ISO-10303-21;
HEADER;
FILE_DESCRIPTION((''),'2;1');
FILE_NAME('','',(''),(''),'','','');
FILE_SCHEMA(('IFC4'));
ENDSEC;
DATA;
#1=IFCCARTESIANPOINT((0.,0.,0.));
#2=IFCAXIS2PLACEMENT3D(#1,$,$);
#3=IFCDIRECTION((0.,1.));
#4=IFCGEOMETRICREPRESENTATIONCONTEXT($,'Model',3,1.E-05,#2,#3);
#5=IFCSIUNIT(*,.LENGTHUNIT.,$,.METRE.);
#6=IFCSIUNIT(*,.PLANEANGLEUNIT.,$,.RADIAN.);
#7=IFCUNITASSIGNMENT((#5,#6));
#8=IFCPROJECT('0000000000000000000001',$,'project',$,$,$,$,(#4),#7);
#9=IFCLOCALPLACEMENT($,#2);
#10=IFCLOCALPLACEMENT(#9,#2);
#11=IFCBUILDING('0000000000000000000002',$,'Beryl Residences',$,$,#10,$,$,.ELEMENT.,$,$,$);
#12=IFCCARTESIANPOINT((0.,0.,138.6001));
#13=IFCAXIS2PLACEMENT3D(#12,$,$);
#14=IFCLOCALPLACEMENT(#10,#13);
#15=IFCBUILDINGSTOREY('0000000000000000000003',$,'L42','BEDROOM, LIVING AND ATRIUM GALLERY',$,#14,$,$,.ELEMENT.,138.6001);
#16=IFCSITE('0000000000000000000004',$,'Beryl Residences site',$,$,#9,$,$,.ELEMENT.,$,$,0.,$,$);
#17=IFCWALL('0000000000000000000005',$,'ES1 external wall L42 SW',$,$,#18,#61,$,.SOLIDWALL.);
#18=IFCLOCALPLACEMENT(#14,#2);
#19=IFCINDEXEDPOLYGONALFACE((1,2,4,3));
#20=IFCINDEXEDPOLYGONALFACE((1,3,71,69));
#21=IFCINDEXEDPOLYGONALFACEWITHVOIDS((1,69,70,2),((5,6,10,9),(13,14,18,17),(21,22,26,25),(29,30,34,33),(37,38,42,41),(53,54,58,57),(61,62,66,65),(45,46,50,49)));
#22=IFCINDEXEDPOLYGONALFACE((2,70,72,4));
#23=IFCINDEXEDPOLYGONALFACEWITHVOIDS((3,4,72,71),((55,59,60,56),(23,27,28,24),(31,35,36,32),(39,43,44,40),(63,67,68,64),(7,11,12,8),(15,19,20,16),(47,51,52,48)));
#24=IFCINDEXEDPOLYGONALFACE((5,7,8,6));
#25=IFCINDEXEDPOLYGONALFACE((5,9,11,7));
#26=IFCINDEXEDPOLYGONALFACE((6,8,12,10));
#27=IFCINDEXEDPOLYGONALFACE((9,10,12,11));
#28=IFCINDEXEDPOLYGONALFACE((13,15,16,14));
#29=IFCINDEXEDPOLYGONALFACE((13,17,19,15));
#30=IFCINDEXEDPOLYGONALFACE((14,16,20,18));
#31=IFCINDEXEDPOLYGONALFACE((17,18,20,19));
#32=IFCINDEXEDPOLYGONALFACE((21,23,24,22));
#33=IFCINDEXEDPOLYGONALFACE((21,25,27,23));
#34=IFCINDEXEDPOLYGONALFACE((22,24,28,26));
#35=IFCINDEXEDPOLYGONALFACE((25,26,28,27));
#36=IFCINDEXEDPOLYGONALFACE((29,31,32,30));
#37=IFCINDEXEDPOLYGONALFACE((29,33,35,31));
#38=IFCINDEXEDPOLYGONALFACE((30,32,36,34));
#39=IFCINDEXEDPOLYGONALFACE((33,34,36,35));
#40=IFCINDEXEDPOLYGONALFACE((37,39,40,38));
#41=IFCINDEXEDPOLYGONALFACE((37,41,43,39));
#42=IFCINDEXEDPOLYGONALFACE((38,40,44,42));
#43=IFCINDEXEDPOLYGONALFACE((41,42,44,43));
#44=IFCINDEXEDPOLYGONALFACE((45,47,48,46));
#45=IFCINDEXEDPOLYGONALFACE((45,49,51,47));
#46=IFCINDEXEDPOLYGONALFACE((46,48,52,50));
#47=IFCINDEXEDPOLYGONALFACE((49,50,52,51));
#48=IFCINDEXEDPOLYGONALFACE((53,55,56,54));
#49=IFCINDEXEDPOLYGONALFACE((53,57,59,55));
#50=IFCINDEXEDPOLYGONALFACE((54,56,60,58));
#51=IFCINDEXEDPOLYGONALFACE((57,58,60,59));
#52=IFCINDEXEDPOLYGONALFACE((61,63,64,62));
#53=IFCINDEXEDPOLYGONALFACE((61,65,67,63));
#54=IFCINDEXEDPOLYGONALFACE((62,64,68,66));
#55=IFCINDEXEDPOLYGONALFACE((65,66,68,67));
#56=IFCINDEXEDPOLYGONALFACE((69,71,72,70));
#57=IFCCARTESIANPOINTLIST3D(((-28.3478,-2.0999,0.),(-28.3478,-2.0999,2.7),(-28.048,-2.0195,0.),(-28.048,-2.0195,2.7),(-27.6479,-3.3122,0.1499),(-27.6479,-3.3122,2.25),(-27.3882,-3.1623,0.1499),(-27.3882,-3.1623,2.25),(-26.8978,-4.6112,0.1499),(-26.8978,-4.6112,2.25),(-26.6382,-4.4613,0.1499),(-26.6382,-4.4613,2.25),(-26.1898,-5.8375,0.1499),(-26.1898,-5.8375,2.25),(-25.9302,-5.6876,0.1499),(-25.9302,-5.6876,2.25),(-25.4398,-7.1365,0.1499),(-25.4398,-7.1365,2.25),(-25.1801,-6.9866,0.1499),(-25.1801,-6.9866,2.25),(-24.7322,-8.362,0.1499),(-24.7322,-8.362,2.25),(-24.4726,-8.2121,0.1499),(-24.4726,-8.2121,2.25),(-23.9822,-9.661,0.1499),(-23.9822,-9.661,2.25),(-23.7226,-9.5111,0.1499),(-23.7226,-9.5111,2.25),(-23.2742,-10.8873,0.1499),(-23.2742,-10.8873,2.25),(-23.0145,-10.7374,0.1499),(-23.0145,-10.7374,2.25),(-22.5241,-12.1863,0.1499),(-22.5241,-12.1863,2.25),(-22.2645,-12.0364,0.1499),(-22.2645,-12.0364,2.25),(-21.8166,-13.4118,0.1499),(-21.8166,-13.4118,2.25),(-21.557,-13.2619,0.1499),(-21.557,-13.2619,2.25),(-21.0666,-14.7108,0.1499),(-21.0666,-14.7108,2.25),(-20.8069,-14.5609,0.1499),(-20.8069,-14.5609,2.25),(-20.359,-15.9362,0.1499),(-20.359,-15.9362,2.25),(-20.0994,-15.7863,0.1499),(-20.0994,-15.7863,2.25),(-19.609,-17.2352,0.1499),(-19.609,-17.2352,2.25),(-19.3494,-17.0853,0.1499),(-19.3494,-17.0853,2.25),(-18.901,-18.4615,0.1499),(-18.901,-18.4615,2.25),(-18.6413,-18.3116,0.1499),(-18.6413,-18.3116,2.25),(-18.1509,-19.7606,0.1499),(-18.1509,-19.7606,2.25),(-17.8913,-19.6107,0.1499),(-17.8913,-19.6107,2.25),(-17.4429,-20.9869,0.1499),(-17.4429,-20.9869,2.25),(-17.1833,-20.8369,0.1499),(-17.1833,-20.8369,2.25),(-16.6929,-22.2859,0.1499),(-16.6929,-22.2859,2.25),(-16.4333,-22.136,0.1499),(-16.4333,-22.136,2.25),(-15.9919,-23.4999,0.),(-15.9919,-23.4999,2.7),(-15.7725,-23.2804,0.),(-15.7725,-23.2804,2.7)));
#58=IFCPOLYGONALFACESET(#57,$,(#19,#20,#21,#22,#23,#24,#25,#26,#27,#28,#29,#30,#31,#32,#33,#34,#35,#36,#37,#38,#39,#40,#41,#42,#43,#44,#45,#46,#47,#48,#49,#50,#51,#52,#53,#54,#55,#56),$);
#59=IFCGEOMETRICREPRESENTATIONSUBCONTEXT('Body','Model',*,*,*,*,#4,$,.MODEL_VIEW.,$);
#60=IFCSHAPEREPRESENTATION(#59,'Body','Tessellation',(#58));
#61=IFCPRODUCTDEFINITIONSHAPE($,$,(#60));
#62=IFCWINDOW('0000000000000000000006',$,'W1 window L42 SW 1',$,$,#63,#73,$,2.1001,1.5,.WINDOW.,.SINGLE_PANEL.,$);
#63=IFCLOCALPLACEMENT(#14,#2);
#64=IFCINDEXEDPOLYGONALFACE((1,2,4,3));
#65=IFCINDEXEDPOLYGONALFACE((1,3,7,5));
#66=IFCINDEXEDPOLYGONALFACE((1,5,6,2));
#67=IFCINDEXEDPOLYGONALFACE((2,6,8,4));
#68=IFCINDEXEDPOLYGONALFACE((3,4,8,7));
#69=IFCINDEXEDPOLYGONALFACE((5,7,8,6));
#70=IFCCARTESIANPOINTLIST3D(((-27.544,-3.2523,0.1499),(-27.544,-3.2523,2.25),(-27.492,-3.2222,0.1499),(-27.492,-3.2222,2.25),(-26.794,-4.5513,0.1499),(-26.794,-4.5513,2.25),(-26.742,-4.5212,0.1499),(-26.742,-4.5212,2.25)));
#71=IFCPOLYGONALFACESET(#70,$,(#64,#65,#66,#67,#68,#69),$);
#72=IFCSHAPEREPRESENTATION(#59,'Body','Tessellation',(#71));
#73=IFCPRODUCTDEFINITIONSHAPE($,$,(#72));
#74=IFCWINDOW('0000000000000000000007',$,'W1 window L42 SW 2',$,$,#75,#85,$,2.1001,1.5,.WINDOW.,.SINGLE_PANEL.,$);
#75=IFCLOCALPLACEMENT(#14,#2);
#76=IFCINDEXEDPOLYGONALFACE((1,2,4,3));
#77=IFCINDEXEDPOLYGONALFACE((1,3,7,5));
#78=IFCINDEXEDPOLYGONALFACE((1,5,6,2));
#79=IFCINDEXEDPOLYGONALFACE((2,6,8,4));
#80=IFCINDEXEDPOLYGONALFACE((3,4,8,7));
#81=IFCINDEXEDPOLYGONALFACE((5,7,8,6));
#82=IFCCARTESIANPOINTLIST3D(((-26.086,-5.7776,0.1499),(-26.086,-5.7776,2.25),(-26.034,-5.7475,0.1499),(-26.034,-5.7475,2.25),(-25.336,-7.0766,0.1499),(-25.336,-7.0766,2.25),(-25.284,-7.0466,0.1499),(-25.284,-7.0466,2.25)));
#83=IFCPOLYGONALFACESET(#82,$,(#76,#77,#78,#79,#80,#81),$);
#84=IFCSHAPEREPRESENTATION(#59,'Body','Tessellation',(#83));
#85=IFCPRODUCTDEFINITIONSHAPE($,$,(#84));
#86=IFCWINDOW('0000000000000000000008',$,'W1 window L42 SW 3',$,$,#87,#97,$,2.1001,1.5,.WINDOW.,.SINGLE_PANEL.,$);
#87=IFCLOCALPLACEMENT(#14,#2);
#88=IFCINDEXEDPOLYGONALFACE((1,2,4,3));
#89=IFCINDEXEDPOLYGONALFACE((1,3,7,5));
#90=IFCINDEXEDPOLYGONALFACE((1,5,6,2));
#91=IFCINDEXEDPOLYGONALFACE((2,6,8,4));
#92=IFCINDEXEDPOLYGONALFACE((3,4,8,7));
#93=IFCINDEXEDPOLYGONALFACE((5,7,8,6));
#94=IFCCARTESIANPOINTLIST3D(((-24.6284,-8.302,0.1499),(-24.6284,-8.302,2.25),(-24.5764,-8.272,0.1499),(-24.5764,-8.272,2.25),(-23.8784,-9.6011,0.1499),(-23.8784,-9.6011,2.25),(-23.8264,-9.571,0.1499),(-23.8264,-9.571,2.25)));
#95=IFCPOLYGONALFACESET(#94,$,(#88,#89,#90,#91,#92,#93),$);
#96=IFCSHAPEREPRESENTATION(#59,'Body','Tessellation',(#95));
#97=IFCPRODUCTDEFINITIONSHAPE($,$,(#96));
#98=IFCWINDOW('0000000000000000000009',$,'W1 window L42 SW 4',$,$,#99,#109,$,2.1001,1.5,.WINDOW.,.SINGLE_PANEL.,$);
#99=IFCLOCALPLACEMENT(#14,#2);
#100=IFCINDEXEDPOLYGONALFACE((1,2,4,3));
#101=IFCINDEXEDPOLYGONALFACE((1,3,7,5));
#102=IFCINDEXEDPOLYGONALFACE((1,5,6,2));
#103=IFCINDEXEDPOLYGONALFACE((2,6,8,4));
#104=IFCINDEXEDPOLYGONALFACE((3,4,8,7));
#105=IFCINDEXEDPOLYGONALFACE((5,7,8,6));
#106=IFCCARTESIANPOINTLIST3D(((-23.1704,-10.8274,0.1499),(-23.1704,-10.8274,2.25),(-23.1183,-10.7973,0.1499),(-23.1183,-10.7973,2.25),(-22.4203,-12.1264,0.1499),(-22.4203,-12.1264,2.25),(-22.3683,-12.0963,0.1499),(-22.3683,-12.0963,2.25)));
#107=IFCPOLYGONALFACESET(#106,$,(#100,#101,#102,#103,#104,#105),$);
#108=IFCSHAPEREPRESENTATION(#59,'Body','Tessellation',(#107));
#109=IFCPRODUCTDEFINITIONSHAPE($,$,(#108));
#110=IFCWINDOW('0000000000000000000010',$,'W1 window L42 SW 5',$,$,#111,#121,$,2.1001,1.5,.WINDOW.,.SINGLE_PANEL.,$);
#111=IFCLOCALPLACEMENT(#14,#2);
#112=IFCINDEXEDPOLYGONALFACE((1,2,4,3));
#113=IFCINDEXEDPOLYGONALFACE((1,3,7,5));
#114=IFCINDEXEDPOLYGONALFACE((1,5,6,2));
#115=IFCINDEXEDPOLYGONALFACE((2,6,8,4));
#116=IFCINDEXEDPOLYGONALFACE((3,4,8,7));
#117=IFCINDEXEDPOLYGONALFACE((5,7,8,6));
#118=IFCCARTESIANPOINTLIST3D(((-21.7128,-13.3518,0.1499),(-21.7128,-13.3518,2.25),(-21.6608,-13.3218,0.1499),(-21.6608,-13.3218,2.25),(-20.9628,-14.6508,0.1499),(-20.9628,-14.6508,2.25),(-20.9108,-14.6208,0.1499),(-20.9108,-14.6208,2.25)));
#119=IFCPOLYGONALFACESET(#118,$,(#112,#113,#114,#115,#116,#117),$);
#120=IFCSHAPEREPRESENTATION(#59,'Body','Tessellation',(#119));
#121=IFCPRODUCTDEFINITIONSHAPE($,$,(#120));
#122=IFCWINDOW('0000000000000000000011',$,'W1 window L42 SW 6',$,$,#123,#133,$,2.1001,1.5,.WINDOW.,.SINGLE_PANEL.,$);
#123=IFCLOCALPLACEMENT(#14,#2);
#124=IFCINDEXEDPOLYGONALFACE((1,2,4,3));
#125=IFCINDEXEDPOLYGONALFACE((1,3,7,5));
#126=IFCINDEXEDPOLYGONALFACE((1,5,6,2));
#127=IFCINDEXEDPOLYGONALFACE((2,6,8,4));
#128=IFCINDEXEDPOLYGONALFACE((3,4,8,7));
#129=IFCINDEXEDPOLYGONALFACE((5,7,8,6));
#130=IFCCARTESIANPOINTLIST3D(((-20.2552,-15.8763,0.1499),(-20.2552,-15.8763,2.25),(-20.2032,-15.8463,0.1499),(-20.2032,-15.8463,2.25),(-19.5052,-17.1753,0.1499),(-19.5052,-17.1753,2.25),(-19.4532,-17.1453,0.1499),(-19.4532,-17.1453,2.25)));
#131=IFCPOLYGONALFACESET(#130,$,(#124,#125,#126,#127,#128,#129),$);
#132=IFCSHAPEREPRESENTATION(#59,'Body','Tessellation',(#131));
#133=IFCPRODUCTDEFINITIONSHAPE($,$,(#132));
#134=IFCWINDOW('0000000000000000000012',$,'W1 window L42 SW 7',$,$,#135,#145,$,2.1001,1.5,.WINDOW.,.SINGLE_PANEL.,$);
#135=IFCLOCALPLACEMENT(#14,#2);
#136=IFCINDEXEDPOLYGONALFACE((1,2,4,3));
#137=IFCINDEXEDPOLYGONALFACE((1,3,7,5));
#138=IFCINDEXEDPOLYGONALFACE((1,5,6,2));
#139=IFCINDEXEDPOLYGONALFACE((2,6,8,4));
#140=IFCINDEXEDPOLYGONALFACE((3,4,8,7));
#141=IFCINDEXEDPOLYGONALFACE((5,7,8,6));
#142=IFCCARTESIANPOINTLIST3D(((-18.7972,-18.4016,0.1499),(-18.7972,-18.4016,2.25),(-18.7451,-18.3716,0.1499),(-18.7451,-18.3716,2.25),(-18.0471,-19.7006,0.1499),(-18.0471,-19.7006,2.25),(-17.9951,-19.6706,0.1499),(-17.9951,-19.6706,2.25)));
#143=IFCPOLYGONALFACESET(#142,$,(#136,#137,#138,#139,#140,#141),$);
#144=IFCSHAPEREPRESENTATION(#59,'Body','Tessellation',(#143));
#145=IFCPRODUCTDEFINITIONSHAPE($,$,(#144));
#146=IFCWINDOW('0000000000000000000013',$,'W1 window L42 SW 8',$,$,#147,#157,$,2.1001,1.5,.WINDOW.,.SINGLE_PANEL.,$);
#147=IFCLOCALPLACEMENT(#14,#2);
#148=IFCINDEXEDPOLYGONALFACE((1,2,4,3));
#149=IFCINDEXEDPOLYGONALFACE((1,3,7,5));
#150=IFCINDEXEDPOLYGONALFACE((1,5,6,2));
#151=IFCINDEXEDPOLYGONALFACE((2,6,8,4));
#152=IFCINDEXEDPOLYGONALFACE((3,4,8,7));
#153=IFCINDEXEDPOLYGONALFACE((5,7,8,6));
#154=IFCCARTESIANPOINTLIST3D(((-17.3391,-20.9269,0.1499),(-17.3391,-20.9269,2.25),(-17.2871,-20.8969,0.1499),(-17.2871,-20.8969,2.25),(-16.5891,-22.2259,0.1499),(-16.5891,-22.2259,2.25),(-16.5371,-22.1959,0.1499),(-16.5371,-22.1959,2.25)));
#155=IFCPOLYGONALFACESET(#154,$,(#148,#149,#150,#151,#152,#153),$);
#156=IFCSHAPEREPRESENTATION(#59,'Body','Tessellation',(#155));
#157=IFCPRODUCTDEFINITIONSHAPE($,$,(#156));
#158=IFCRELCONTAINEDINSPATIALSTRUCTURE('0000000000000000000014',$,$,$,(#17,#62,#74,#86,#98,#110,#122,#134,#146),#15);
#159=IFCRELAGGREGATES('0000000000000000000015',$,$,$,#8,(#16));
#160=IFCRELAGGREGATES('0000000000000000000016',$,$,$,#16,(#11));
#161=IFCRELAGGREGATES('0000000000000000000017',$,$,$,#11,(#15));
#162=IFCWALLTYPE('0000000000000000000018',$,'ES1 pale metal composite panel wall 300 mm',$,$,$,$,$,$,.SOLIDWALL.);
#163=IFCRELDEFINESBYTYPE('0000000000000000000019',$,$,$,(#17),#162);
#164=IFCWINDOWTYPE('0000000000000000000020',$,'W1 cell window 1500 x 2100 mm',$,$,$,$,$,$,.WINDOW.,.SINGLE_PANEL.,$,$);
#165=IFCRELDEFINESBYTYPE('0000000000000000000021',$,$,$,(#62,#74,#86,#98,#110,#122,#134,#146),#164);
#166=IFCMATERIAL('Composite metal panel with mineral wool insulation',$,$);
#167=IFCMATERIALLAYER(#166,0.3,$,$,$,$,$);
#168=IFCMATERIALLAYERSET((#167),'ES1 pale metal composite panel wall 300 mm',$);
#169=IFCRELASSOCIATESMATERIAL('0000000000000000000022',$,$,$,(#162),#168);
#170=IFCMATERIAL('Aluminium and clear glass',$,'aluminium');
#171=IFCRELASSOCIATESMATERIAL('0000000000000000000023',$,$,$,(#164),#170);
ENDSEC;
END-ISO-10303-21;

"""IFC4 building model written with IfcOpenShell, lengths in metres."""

from ifc_helpers import new_model, si_unit, direction, frame, frame_2d, origin, place, context, subcontext, project, spatial, polyline, rectangle, outline, extrude, material, layer, layer_set, type_object, element, fill, save


model = new_model("IFC4")

# Units and contexts
model_context = context("Model", 3, precision=1e-05, world=origin(), true_north=direction((0.0, 1.0)))
body_context = subcontext(model_context, "Body", "Model", "MODEL_VIEW")
ifc_project = project(units=[si_unit("LENGTHUNIT", "METRE"), si_unit("PLANEANGLEUNIT", "RADIAN")], contexts=[model_context])

# Site, building, storey
site_placement = place(None, origin())
site = spatial("IfcSite", under=ifc_project, at=site_placement, Name="Beryl Residences site", CompositionType="ELEMENT", RefElevation=0.0)
building_placement = place(site_placement, origin())
building = spatial("IfcBuilding", under=site, at=building_placement, Name="Beryl Residences", CompositionType="ELEMENT")
storey_placement = place(building_placement, frame((0.0, 0.0, 138.6001)))
storey = spatial("IfcBuildingStorey", under=building, at=storey_placement, Name="L42", Description="BEDROOM, LIVING AND ATRIUM GALLERY", CompositionType="ELEMENT", Elevation=138.6001)

# Wall, openings, windows
ifc_material_1 = material(Name="Composite metal panel with mineral wool insulation")
ifc_layer_1 = layer(ifc_material_1, 0.3)
ifc_layer_set_1 = layer_set([ifc_layer_1], Name="ES1 pale metal composite panel wall 300 mm")
wall_type_1 = type_object("IfcWallType", Name="ES1 pale metal composite panel wall 300 mm", PredefinedType="SOLIDWALL", material=ifc_layer_set_1)
wall_1_placement = place(storey_placement, frame((-28.218, -2.0249, 0.0), z_axis=(0.0, 0.0, 1.0), x_axis=(0.500018, -0.866015, 0.0)))
wall_1 = element("IfcWall", 1, at=wall_1_placement, inside=storey, type_object=wall_type_1, Name="ES1 external wall L42 SW", PredefinedType="SOLIDWALL", context=body_context, shape_type="SweptSolid", body=[
    extrude(outline(polyline([(0.0, -0.1499), (24.7109, -0.1499), (24.6306, 0.1499), (0.0803, 0.1499), (0.0, -0.1499)])), origin(), (0.0, 0.0, 1.0), 2.7),
])
opening_1_placement = place(wall_1_placement, frame((1.3999, 0.0, 0.1499)))
opening_1 = element("IfcOpeningElement", 2, at=opening_1_placement, cuts=wall_1, PredefinedType="OPENING", context=body_context, shape_type="SweptSolid", body=[
    extrude(rectangle(XDim=1.5, YDim=2.1001, at=frame_2d((0.75, 1.05))), frame((0.0, 0.1599, 0.0), z_axis=(0.0, -1.0, 0.0), x_axis=(1.0, 0.0, 0.0)), (0.0, 0.0, 1.0), 0.3201),
])
opening_2_placement = place(wall_1_placement, frame((4.3159, 0.0, 0.1499)))
opening_2 = element("IfcOpeningElement", 3, at=opening_2_placement, cuts=wall_1, PredefinedType="OPENING", context=body_context, shape_type="SweptSolid", body=[
    extrude(rectangle(XDim=1.5, YDim=2.1001, at=frame_2d((0.75, 1.05))), frame((0.0, 0.1599, 0.0), z_axis=(0.0, -1.0, 0.0), x_axis=(1.0, 0.0, 0.0)), (0.0, 0.0, 1.0), 0.3201),
])
opening_3_placement = place(wall_1_placement, frame((7.231, 0.0, 0.1499)))
opening_3 = element("IfcOpeningElement", 4, at=opening_3_placement, cuts=wall_1, PredefinedType="OPENING", context=body_context, shape_type="SweptSolid", body=[
    extrude(rectangle(XDim=1.5, YDim=2.1001, at=frame_2d((0.75, 1.05))), frame((0.0, 0.1599, 0.0), z_axis=(0.0, -1.0, 0.0), x_axis=(1.0, 0.0, 0.0)), (0.0, 0.0, 1.0), 0.3201),
])
opening_4_placement = place(wall_1_placement, frame((10.147, 0.0, 0.1499)))
opening_4 = element("IfcOpeningElement", 5, at=opening_4_placement, cuts=wall_1, PredefinedType="OPENING", context=body_context, shape_type="SweptSolid", body=[
    extrude(rectangle(XDim=1.5, YDim=2.1001, at=frame_2d((0.75, 1.05))), frame((0.0, 0.1599, 0.0), z_axis=(0.0, -1.0, 0.0), x_axis=(1.0, 0.0, 0.0)), (0.0, 0.0, 1.0), 0.3201),
])
opening_5_placement = place(wall_1_placement, frame((13.062, 0.0, 0.1499)))
opening_5 = element("IfcOpeningElement", 6, at=opening_5_placement, cuts=wall_1, PredefinedType="OPENING", context=body_context, shape_type="SweptSolid", body=[
    extrude(rectangle(XDim=1.5, YDim=2.1001, at=frame_2d((0.75, 1.05))), frame((0.0, 0.1599, 0.0), z_axis=(0.0, -1.0, 0.0), x_axis=(1.0, 0.0, 0.0)), (0.0, 0.0, 1.0), 0.3201),
])
opening_6_placement = place(wall_1_placement, frame((15.9771, 0.0, 0.1499)))
opening_6 = element("IfcOpeningElement", 7, at=opening_6_placement, cuts=wall_1, PredefinedType="OPENING", context=body_context, shape_type="SweptSolid", body=[
    extrude(rectangle(XDim=1.5, YDim=2.1001, at=frame_2d((0.75, 1.05))), frame((0.0, 0.1599, 0.0), z_axis=(0.0, -1.0, 0.0), x_axis=(1.0, 0.0, 0.0)), (0.0, 0.0, 1.0), 0.3201),
])
opening_7_placement = place(wall_1_placement, frame((18.8931, 0.0, 0.1499)))
opening_7 = element("IfcOpeningElement", 8, at=opening_7_placement, cuts=wall_1, PredefinedType="OPENING", context=body_context, shape_type="SweptSolid", body=[
    extrude(rectangle(XDim=1.5, YDim=2.1001, at=frame_2d((0.75, 1.05))), frame((0.0, 0.1599, 0.0), z_axis=(0.0, -1.0, 0.0), x_axis=(1.0, 0.0, 0.0)), (0.0, 0.0, 1.0), 0.3201),
])
opening_8_placement = place(wall_1_placement, frame((21.8091, 0.0, 0.1499)))
opening_8 = element("IfcOpeningElement", 9, at=opening_8_placement, cuts=wall_1, PredefinedType="OPENING", context=body_context, shape_type="SweptSolid", body=[
    extrude(rectangle(XDim=1.5, YDim=2.1001, at=frame_2d((0.75, 1.05))), frame((0.0, 0.1599, 0.0), z_axis=(0.0, -1.0, 0.0), x_axis=(1.0, 0.0, 0.0)), (0.0, 0.0, 1.0), 0.3201),
])
ifc_material_2 = material(Name="Aluminium and clear glass", Category="aluminium")
window_type = type_object("IfcWindowType", Name="W1 cell window 1500 x 2100 mm", PartitioningType="SINGLE_PANEL", PredefinedType="WINDOW", material=ifc_material_2)
window_1_placement = place(opening_1_placement, origin())
window_1 = element("IfcWindow", 10, at=window_1_placement, inside=storey, type_object=window_type, Name="W1 window L42 SW 1", OverallHeight=2.1001, OverallWidth=1.5, PartitioningType="SINGLE_PANEL", PredefinedType="WINDOW", context=body_context, shape_type="SweptSolid", body=[
    extrude(rectangle(XDim=1.5, YDim=2.1001, at=frame_2d((0.75, 1.05))), frame((0.0, 0.03, 0.0), z_axis=(0.0, -1.0, 0.0), x_axis=(1.0, 0.0, 0.0)), (0.0, 0.0, 1.0), 0.0601),
])
fill(opening_1, window_1)
window_2_placement = place(opening_2_placement, origin())
window_2 = element("IfcWindow", 11, at=window_2_placement, inside=storey, type_object=window_type, Name="W1 window L42 SW 2", OverallHeight=2.1001, OverallWidth=1.5, PartitioningType="SINGLE_PANEL", PredefinedType="WINDOW", context=body_context, shape_type="SweptSolid", body=[
    extrude(rectangle(XDim=1.5, YDim=2.1001, at=frame_2d((0.75, 1.05))), frame((0.0, 0.03, 0.0), z_axis=(0.0, -1.0, 0.0), x_axis=(1.0, 0.0, 0.0)), (0.0, 0.0, 1.0), 0.0601),
])
fill(opening_2, window_2)
window_3_placement = place(opening_3_placement, origin())
window_3 = element("IfcWindow", 12, at=window_3_placement, inside=storey, type_object=window_type, Name="W1 window L42 SW 3", OverallHeight=2.1001, OverallWidth=1.5, PartitioningType="SINGLE_PANEL", PredefinedType="WINDOW", context=body_context, shape_type="SweptSolid", body=[
    extrude(rectangle(XDim=1.5, YDim=2.1001, at=frame_2d((0.75, 1.05))), frame((0.0, 0.03, 0.0), z_axis=(0.0, -1.0, 0.0), x_axis=(1.0, 0.0, 0.0)), (0.0, 0.0, 1.0), 0.0601),
])
fill(opening_3, window_3)
window_4_placement = place(opening_4_placement, origin())
window_4 = element("IfcWindow", 13, at=window_4_placement, inside=storey, type_object=window_type, Name="W1 window L42 SW 4", OverallHeight=2.1001, OverallWidth=1.5, PartitioningType="SINGLE_PANEL", PredefinedType="WINDOW", context=body_context, shape_type="SweptSolid", body=[
    extrude(rectangle(XDim=1.5, YDim=2.1001, at=frame_2d((0.75, 1.05))), frame((0.0, 0.03, 0.0), z_axis=(0.0, -1.0, 0.0), x_axis=(1.0, 0.0, 0.0)), (0.0, 0.0, 1.0), 0.0601),
])
fill(opening_4, window_4)
window_5_placement = place(opening_5_placement, origin())
window_5 = element("IfcWindow", 14, at=window_5_placement, inside=storey, type_object=window_type, Name="W1 window L42 SW 5", OverallHeight=2.1001, OverallWidth=1.5, PartitioningType="SINGLE_PANEL", PredefinedType="WINDOW", context=body_context, shape_type="SweptSolid", body=[
    extrude(rectangle(XDim=1.5, YDim=2.1001, at=frame_2d((0.75, 1.05))), frame((0.0, 0.03, 0.0), z_axis=(0.0, -1.0, 0.0), x_axis=(1.0, 0.0, 0.0)), (0.0, 0.0, 1.0), 0.0601),
])
fill(opening_5, window_5)
window_6_placement = place(opening_6_placement, origin())
window_6 = element("IfcWindow", 15, at=window_6_placement, inside=storey, type_object=window_type, Name="W1 window L42 SW 6", OverallHeight=2.1001, OverallWidth=1.5, PartitioningType="SINGLE_PANEL", PredefinedType="WINDOW", context=body_context, shape_type="SweptSolid", body=[
    extrude(rectangle(XDim=1.5, YDim=2.1001, at=frame_2d((0.75, 1.05))), frame((0.0, 0.03, 0.0), z_axis=(0.0, -1.0, 0.0), x_axis=(1.0, 0.0, 0.0)), (0.0, 0.0, 1.0), 0.0601),
])
fill(opening_6, window_6)
window_7_placement = place(opening_7_placement, origin())
window_7 = element("IfcWindow", 16, at=window_7_placement, inside=storey, type_object=window_type, Name="W1 window L42 SW 7", OverallHeight=2.1001, OverallWidth=1.5, PartitioningType="SINGLE_PANEL", PredefinedType="WINDOW", context=body_context, shape_type="SweptSolid", body=[
    extrude(rectangle(XDim=1.5, YDim=2.1001, at=frame_2d((0.75, 1.05))), frame((0.0, 0.03, 0.0), z_axis=(0.0, -1.0, 0.0), x_axis=(1.0, 0.0, 0.0)), (0.0, 0.0, 1.0), 0.0601),
])
fill(opening_7, window_7)
window_8_placement = place(opening_8_placement, origin())
window_8 = element("IfcWindow", 17, at=window_8_placement, inside=storey, type_object=window_type, Name="W1 window L42 SW 8", OverallHeight=2.1001, OverallWidth=1.5, PartitioningType="SINGLE_PANEL", PredefinedType="WINDOW", context=body_context, shape_type="SweptSolid", body=[
    extrude(rectangle(XDim=1.5, YDim=2.1001, at=frame_2d((0.75, 1.05))), frame((0.0, 0.03, 0.0), z_axis=(0.0, -1.0, 0.0), x_axis=(1.0, 0.0, 0.0)), (0.0, 0.0, 1.0), 0.0601),
])
fill(opening_8, window_8)

save(model, "model.ifc")
